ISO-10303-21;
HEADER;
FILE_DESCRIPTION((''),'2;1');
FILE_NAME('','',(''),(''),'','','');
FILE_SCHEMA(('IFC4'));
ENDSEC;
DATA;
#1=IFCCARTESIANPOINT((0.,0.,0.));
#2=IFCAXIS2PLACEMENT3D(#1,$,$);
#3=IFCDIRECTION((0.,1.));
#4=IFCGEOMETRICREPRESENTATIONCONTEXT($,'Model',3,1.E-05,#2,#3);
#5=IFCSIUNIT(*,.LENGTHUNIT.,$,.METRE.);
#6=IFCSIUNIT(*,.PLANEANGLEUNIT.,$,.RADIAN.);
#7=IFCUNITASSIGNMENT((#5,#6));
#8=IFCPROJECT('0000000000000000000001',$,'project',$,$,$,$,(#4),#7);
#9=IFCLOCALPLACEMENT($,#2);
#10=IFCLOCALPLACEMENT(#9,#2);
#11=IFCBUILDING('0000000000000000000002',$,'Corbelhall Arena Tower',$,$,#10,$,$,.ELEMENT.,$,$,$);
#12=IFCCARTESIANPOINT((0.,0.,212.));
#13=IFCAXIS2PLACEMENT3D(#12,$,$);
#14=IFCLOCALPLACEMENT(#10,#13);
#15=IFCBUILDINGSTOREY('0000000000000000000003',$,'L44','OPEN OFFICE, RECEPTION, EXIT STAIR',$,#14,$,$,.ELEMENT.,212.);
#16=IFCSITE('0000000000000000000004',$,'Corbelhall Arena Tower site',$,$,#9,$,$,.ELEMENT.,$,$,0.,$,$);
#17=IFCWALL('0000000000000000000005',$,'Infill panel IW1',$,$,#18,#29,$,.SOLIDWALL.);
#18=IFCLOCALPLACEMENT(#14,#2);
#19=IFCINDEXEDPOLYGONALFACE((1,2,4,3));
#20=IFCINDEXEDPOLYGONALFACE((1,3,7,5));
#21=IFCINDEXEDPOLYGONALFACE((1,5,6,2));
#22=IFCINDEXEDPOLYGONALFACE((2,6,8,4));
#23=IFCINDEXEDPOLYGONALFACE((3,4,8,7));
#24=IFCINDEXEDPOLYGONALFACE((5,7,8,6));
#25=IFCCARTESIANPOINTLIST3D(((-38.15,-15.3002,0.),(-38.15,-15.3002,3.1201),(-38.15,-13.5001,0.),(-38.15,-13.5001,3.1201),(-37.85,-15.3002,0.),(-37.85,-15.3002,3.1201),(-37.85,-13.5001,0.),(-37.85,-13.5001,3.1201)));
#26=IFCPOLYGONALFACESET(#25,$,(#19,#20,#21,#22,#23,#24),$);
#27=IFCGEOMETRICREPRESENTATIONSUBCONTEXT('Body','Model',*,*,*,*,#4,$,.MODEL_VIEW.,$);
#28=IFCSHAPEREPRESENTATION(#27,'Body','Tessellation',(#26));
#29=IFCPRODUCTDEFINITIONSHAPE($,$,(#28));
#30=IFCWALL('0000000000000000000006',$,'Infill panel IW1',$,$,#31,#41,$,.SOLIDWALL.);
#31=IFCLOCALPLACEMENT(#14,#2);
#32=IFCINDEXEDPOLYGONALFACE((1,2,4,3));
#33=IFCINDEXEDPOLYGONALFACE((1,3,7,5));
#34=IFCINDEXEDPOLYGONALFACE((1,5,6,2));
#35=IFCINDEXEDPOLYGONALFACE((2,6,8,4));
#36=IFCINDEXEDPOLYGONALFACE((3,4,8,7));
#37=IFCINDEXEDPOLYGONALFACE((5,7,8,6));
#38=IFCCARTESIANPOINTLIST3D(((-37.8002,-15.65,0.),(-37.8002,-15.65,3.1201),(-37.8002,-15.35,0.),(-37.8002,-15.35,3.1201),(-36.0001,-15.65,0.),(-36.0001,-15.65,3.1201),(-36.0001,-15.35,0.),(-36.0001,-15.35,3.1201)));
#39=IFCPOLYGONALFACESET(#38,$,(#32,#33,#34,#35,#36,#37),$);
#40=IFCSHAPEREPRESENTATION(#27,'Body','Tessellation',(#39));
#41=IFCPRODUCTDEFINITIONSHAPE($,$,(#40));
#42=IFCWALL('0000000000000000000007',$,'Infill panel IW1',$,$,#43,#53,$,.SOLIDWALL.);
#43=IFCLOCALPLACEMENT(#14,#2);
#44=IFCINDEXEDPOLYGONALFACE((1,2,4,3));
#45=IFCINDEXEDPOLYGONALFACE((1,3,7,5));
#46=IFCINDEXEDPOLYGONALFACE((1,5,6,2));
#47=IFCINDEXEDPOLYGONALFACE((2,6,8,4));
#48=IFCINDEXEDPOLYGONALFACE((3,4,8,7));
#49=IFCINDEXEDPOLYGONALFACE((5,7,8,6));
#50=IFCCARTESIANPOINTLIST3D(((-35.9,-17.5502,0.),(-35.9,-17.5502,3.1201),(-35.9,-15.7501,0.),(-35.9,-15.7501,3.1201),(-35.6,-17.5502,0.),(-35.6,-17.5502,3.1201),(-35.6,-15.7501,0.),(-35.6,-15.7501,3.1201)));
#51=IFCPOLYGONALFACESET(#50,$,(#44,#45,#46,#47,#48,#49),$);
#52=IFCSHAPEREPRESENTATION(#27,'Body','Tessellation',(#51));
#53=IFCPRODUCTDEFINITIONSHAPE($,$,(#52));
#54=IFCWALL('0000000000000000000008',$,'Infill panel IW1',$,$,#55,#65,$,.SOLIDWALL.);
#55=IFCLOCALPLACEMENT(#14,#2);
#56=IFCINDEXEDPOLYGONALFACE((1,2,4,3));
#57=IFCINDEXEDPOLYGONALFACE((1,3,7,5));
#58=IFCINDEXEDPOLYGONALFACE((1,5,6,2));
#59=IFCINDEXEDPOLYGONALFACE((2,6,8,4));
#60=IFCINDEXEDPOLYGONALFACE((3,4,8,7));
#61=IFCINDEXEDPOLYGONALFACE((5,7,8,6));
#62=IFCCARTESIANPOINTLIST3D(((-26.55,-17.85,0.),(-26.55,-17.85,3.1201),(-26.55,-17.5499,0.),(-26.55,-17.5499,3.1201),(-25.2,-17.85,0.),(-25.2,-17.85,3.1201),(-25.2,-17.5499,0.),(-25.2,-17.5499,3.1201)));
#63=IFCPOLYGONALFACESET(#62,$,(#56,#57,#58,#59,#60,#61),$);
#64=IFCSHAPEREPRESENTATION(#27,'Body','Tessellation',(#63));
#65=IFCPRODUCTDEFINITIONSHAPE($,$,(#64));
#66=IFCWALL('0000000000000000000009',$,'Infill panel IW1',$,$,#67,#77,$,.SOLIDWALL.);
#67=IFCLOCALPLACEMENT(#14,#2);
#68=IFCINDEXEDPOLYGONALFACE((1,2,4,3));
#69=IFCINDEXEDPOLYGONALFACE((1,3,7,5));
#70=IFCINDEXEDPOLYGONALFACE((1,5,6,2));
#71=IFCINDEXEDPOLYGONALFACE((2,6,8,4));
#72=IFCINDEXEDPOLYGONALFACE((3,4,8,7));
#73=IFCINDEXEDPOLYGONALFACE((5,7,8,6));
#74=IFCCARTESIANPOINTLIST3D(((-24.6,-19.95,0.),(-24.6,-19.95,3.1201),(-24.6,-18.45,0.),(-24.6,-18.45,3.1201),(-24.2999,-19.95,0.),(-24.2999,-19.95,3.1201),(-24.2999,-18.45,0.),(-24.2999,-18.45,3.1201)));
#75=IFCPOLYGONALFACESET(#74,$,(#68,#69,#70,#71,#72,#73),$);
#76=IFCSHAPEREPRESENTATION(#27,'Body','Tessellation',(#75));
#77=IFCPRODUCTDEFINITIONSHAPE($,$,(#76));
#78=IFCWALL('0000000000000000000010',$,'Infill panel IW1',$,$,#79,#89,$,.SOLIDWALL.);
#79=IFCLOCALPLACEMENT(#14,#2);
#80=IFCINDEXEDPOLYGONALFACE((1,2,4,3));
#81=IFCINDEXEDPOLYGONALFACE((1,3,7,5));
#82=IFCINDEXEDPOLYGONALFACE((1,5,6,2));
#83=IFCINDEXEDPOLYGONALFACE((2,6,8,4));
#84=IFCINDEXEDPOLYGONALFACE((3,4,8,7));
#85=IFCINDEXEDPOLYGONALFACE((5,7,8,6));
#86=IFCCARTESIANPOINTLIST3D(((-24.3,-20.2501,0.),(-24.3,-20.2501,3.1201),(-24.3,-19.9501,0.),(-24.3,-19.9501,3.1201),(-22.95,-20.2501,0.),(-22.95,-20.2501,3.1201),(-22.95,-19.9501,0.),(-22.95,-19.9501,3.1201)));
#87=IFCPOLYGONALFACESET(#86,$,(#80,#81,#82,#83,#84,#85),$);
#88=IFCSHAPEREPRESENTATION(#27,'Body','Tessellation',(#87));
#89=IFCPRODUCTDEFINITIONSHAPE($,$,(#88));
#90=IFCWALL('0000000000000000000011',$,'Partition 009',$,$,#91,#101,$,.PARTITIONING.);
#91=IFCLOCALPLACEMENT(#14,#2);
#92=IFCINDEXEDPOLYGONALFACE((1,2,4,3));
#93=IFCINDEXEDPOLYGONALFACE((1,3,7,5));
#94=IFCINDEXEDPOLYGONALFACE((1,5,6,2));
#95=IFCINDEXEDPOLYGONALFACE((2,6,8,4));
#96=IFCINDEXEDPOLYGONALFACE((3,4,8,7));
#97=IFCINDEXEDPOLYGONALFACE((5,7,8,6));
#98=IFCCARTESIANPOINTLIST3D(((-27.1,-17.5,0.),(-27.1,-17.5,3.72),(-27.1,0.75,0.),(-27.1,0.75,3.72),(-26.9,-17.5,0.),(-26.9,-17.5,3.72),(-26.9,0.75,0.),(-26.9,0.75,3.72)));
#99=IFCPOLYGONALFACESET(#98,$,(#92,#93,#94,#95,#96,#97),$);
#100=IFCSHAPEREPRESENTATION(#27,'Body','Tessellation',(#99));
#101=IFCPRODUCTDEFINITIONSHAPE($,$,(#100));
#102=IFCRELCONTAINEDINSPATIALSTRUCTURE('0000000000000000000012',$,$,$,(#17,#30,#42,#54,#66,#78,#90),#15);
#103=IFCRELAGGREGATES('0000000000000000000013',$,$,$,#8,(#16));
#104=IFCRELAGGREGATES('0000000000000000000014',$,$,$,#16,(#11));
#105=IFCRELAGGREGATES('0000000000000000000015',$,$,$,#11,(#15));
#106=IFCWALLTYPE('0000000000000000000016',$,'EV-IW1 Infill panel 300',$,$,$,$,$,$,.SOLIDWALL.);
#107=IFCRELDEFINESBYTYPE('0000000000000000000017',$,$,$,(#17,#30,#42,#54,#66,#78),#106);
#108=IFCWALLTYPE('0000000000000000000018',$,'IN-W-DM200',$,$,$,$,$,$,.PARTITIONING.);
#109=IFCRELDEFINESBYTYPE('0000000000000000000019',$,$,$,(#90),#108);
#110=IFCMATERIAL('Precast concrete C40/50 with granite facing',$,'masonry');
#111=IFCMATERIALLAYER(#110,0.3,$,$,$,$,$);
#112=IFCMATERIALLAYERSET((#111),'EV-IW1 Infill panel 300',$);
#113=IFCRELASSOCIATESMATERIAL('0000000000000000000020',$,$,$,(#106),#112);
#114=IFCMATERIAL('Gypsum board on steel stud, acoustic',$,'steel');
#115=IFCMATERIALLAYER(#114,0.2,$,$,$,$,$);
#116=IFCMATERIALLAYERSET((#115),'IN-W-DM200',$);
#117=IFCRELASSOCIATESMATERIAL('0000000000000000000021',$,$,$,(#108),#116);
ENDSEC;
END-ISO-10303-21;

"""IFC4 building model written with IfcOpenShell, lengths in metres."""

from ifc_helpers import new_model, si_unit, direction, frame, frame_2d, origin, place, context, subcontext, project, spatial, rectangle, extrude, material, layer, layer_set, type_object, element, save


model = new_model("IFC4")

# Units and contexts
model_context = context("Model", 3, precision=1e-05, world=origin(), true_north=direction((0.0, 1.0)))
body_context = subcontext(model_context, "Body", "Model", "MODEL_VIEW")
ifc_project = project(units=[si_unit("LENGTHUNIT", "METRE"), si_unit("PLANEANGLEUNIT", "RADIAN")], contexts=[model_context])

# Site, building, storey
site_placement = place(None, origin())
site = spatial("IfcSite", under=ifc_project, at=site_placement, Name="Corbelhall Arena Tower site", CompositionType="ELEMENT", RefElevation=0.0)
building_placement = place(site_placement, origin())
building = spatial("IfcBuilding", under=site, at=building_placement, Name="Corbelhall Arena Tower", CompositionType="ELEMENT")
storey_placement = place(building_placement, frame((0.0, 0.0, 212.0)))
storey = spatial("IfcBuildingStorey", under=building, at=storey_placement, Name="L44", Description="OPEN OFFICE, RECEPTION, EXIT STAIR", CompositionType="ELEMENT", Elevation=212.0)

# Walls
ifc_material_1 = material(Name="Precast concrete C40/50 with granite facing", Category="masonry")
ifc_layer_1 = layer(ifc_material_1, 0.3)
ifc_layer_set_1 = layer_set([ifc_layer_1], Name="EV-IW1 Infill panel 300")
wall_type_1 = type_object("IfcWallType", Name="EV-IW1 Infill panel 300", PredefinedType="SOLIDWALL", material=ifc_layer_set_1)
for number, where, z_axis, x_axis, name in (
    (1, (-38.0, -15.3, 0.0), (0.0, 0.0, 1.0), (0.0, 1.0, 0.0), "Infill panel IW1"),
    (2, (-37.8, -15.5, 0.0), (0.0, 0.0, 1.0), (1.0, 0.0, 0.0), "Infill panel IW1"),
    (3, (-35.75, -17.55, 0.0), (0.0, 0.0, 1.0), (0.0, 1.0, 0.0), "Infill panel IW1"),
):
    element("IfcWall", number, at=place(storey_placement, frame(where, z_axis=z_axis, x_axis=x_axis)), inside=storey, type_object=wall_type_1, Name=name, PredefinedType="SOLIDWALL", context=body_context, shape_type="SweptSolid", body=[
        extrude(rectangle(XDim=1.8, YDim=0.3, at=frame_2d((0.8999, 0.0))), origin(), (0.0, 0.0, 1.0), 3.1201),
    ])

# Walls
wall_1_placement = place(storey_placement, frame((-26.55, -17.7, 0.0), z_axis=(0.0, 0.0, 1.0), x_axis=(1.0, 0.0, 0.0)))
element("IfcWall", 4, at=wall_1_placement, inside=storey, type_object=wall_type_1, Name="Infill panel IW1", PredefinedType="SOLIDWALL", context=body_context, shape_type="SweptSolid", body=[
    extrude(rectangle(XDim=1.3501, YDim=0.3, at=frame_2d((0.675, 0.0))), origin(), (0.0, 0.0, 1.0), 3.1201),
])
wall_2_placement = place(storey_placement, frame((-24.45, -18.45, 0.0), z_axis=(0.0, 0.0, 1.0), x_axis=(0.0, -1.0, 0.0)))
element("IfcWall", 5, at=wall_2_placement, inside=storey, type_object=wall_type_1, Name="Infill panel IW1", PredefinedType="SOLIDWALL", context=body_context, shape_type="SweptSolid", body=[
    extrude(rectangle(XDim=1.5, YDim=0.3, at=frame_2d((0.75, 0.0))), origin(), (0.0, 0.0, 1.0), 3.1201),
])
wall_3_placement = place(storey_placement, frame((-24.3, -20.1001, 0.0), z_axis=(0.0, 0.0, 1.0), x_axis=(1.0, 0.0, 0.0)))
element("IfcWall", 6, at=wall_3_placement, inside=storey, type_object=wall_type_1, Name="Infill panel IW1", PredefinedType="SOLIDWALL", context=body_context, shape_type="SweptSolid", body=[
    extrude(rectangle(XDim=1.3501, YDim=0.3, at=frame_2d((0.675, 0.0))), origin(), (0.0, 0.0, 1.0), 3.1201),
])
ifc_material_2 = material(Name="Gypsum board on steel stud, acoustic", Category="steel")
ifc_layer_2 = layer(ifc_material_2, 0.2)
ifc_layer_set_2 = layer_set([ifc_layer_2], Name="IN-W-DM200")
wall_type_2 = type_object("IfcWallType", Name="IN-W-DM200", PredefinedType="PARTITIONING", material=ifc_layer_set_2)
wall_4_placement = place(storey_placement, frame((-27.0, -17.5, 0.0), z_axis=(0.0, 0.0, 1.0), x_axis=(0.0, 1.0, 0.0)))
element("IfcWall", 7, at=wall_4_placement, inside=storey, type_object=wall_type_2, Name="Partition 009", PredefinedType="PARTITIONING", context=body_context, shape_type="SweptSolid", body=[
    extrude(rectangle(XDim=18.25, YDim=0.2, at=frame_2d((9.125, 0.0))), origin(), (0.0, 0.0, 1.0), 3.72),
])

save(model, "model.ifc")
